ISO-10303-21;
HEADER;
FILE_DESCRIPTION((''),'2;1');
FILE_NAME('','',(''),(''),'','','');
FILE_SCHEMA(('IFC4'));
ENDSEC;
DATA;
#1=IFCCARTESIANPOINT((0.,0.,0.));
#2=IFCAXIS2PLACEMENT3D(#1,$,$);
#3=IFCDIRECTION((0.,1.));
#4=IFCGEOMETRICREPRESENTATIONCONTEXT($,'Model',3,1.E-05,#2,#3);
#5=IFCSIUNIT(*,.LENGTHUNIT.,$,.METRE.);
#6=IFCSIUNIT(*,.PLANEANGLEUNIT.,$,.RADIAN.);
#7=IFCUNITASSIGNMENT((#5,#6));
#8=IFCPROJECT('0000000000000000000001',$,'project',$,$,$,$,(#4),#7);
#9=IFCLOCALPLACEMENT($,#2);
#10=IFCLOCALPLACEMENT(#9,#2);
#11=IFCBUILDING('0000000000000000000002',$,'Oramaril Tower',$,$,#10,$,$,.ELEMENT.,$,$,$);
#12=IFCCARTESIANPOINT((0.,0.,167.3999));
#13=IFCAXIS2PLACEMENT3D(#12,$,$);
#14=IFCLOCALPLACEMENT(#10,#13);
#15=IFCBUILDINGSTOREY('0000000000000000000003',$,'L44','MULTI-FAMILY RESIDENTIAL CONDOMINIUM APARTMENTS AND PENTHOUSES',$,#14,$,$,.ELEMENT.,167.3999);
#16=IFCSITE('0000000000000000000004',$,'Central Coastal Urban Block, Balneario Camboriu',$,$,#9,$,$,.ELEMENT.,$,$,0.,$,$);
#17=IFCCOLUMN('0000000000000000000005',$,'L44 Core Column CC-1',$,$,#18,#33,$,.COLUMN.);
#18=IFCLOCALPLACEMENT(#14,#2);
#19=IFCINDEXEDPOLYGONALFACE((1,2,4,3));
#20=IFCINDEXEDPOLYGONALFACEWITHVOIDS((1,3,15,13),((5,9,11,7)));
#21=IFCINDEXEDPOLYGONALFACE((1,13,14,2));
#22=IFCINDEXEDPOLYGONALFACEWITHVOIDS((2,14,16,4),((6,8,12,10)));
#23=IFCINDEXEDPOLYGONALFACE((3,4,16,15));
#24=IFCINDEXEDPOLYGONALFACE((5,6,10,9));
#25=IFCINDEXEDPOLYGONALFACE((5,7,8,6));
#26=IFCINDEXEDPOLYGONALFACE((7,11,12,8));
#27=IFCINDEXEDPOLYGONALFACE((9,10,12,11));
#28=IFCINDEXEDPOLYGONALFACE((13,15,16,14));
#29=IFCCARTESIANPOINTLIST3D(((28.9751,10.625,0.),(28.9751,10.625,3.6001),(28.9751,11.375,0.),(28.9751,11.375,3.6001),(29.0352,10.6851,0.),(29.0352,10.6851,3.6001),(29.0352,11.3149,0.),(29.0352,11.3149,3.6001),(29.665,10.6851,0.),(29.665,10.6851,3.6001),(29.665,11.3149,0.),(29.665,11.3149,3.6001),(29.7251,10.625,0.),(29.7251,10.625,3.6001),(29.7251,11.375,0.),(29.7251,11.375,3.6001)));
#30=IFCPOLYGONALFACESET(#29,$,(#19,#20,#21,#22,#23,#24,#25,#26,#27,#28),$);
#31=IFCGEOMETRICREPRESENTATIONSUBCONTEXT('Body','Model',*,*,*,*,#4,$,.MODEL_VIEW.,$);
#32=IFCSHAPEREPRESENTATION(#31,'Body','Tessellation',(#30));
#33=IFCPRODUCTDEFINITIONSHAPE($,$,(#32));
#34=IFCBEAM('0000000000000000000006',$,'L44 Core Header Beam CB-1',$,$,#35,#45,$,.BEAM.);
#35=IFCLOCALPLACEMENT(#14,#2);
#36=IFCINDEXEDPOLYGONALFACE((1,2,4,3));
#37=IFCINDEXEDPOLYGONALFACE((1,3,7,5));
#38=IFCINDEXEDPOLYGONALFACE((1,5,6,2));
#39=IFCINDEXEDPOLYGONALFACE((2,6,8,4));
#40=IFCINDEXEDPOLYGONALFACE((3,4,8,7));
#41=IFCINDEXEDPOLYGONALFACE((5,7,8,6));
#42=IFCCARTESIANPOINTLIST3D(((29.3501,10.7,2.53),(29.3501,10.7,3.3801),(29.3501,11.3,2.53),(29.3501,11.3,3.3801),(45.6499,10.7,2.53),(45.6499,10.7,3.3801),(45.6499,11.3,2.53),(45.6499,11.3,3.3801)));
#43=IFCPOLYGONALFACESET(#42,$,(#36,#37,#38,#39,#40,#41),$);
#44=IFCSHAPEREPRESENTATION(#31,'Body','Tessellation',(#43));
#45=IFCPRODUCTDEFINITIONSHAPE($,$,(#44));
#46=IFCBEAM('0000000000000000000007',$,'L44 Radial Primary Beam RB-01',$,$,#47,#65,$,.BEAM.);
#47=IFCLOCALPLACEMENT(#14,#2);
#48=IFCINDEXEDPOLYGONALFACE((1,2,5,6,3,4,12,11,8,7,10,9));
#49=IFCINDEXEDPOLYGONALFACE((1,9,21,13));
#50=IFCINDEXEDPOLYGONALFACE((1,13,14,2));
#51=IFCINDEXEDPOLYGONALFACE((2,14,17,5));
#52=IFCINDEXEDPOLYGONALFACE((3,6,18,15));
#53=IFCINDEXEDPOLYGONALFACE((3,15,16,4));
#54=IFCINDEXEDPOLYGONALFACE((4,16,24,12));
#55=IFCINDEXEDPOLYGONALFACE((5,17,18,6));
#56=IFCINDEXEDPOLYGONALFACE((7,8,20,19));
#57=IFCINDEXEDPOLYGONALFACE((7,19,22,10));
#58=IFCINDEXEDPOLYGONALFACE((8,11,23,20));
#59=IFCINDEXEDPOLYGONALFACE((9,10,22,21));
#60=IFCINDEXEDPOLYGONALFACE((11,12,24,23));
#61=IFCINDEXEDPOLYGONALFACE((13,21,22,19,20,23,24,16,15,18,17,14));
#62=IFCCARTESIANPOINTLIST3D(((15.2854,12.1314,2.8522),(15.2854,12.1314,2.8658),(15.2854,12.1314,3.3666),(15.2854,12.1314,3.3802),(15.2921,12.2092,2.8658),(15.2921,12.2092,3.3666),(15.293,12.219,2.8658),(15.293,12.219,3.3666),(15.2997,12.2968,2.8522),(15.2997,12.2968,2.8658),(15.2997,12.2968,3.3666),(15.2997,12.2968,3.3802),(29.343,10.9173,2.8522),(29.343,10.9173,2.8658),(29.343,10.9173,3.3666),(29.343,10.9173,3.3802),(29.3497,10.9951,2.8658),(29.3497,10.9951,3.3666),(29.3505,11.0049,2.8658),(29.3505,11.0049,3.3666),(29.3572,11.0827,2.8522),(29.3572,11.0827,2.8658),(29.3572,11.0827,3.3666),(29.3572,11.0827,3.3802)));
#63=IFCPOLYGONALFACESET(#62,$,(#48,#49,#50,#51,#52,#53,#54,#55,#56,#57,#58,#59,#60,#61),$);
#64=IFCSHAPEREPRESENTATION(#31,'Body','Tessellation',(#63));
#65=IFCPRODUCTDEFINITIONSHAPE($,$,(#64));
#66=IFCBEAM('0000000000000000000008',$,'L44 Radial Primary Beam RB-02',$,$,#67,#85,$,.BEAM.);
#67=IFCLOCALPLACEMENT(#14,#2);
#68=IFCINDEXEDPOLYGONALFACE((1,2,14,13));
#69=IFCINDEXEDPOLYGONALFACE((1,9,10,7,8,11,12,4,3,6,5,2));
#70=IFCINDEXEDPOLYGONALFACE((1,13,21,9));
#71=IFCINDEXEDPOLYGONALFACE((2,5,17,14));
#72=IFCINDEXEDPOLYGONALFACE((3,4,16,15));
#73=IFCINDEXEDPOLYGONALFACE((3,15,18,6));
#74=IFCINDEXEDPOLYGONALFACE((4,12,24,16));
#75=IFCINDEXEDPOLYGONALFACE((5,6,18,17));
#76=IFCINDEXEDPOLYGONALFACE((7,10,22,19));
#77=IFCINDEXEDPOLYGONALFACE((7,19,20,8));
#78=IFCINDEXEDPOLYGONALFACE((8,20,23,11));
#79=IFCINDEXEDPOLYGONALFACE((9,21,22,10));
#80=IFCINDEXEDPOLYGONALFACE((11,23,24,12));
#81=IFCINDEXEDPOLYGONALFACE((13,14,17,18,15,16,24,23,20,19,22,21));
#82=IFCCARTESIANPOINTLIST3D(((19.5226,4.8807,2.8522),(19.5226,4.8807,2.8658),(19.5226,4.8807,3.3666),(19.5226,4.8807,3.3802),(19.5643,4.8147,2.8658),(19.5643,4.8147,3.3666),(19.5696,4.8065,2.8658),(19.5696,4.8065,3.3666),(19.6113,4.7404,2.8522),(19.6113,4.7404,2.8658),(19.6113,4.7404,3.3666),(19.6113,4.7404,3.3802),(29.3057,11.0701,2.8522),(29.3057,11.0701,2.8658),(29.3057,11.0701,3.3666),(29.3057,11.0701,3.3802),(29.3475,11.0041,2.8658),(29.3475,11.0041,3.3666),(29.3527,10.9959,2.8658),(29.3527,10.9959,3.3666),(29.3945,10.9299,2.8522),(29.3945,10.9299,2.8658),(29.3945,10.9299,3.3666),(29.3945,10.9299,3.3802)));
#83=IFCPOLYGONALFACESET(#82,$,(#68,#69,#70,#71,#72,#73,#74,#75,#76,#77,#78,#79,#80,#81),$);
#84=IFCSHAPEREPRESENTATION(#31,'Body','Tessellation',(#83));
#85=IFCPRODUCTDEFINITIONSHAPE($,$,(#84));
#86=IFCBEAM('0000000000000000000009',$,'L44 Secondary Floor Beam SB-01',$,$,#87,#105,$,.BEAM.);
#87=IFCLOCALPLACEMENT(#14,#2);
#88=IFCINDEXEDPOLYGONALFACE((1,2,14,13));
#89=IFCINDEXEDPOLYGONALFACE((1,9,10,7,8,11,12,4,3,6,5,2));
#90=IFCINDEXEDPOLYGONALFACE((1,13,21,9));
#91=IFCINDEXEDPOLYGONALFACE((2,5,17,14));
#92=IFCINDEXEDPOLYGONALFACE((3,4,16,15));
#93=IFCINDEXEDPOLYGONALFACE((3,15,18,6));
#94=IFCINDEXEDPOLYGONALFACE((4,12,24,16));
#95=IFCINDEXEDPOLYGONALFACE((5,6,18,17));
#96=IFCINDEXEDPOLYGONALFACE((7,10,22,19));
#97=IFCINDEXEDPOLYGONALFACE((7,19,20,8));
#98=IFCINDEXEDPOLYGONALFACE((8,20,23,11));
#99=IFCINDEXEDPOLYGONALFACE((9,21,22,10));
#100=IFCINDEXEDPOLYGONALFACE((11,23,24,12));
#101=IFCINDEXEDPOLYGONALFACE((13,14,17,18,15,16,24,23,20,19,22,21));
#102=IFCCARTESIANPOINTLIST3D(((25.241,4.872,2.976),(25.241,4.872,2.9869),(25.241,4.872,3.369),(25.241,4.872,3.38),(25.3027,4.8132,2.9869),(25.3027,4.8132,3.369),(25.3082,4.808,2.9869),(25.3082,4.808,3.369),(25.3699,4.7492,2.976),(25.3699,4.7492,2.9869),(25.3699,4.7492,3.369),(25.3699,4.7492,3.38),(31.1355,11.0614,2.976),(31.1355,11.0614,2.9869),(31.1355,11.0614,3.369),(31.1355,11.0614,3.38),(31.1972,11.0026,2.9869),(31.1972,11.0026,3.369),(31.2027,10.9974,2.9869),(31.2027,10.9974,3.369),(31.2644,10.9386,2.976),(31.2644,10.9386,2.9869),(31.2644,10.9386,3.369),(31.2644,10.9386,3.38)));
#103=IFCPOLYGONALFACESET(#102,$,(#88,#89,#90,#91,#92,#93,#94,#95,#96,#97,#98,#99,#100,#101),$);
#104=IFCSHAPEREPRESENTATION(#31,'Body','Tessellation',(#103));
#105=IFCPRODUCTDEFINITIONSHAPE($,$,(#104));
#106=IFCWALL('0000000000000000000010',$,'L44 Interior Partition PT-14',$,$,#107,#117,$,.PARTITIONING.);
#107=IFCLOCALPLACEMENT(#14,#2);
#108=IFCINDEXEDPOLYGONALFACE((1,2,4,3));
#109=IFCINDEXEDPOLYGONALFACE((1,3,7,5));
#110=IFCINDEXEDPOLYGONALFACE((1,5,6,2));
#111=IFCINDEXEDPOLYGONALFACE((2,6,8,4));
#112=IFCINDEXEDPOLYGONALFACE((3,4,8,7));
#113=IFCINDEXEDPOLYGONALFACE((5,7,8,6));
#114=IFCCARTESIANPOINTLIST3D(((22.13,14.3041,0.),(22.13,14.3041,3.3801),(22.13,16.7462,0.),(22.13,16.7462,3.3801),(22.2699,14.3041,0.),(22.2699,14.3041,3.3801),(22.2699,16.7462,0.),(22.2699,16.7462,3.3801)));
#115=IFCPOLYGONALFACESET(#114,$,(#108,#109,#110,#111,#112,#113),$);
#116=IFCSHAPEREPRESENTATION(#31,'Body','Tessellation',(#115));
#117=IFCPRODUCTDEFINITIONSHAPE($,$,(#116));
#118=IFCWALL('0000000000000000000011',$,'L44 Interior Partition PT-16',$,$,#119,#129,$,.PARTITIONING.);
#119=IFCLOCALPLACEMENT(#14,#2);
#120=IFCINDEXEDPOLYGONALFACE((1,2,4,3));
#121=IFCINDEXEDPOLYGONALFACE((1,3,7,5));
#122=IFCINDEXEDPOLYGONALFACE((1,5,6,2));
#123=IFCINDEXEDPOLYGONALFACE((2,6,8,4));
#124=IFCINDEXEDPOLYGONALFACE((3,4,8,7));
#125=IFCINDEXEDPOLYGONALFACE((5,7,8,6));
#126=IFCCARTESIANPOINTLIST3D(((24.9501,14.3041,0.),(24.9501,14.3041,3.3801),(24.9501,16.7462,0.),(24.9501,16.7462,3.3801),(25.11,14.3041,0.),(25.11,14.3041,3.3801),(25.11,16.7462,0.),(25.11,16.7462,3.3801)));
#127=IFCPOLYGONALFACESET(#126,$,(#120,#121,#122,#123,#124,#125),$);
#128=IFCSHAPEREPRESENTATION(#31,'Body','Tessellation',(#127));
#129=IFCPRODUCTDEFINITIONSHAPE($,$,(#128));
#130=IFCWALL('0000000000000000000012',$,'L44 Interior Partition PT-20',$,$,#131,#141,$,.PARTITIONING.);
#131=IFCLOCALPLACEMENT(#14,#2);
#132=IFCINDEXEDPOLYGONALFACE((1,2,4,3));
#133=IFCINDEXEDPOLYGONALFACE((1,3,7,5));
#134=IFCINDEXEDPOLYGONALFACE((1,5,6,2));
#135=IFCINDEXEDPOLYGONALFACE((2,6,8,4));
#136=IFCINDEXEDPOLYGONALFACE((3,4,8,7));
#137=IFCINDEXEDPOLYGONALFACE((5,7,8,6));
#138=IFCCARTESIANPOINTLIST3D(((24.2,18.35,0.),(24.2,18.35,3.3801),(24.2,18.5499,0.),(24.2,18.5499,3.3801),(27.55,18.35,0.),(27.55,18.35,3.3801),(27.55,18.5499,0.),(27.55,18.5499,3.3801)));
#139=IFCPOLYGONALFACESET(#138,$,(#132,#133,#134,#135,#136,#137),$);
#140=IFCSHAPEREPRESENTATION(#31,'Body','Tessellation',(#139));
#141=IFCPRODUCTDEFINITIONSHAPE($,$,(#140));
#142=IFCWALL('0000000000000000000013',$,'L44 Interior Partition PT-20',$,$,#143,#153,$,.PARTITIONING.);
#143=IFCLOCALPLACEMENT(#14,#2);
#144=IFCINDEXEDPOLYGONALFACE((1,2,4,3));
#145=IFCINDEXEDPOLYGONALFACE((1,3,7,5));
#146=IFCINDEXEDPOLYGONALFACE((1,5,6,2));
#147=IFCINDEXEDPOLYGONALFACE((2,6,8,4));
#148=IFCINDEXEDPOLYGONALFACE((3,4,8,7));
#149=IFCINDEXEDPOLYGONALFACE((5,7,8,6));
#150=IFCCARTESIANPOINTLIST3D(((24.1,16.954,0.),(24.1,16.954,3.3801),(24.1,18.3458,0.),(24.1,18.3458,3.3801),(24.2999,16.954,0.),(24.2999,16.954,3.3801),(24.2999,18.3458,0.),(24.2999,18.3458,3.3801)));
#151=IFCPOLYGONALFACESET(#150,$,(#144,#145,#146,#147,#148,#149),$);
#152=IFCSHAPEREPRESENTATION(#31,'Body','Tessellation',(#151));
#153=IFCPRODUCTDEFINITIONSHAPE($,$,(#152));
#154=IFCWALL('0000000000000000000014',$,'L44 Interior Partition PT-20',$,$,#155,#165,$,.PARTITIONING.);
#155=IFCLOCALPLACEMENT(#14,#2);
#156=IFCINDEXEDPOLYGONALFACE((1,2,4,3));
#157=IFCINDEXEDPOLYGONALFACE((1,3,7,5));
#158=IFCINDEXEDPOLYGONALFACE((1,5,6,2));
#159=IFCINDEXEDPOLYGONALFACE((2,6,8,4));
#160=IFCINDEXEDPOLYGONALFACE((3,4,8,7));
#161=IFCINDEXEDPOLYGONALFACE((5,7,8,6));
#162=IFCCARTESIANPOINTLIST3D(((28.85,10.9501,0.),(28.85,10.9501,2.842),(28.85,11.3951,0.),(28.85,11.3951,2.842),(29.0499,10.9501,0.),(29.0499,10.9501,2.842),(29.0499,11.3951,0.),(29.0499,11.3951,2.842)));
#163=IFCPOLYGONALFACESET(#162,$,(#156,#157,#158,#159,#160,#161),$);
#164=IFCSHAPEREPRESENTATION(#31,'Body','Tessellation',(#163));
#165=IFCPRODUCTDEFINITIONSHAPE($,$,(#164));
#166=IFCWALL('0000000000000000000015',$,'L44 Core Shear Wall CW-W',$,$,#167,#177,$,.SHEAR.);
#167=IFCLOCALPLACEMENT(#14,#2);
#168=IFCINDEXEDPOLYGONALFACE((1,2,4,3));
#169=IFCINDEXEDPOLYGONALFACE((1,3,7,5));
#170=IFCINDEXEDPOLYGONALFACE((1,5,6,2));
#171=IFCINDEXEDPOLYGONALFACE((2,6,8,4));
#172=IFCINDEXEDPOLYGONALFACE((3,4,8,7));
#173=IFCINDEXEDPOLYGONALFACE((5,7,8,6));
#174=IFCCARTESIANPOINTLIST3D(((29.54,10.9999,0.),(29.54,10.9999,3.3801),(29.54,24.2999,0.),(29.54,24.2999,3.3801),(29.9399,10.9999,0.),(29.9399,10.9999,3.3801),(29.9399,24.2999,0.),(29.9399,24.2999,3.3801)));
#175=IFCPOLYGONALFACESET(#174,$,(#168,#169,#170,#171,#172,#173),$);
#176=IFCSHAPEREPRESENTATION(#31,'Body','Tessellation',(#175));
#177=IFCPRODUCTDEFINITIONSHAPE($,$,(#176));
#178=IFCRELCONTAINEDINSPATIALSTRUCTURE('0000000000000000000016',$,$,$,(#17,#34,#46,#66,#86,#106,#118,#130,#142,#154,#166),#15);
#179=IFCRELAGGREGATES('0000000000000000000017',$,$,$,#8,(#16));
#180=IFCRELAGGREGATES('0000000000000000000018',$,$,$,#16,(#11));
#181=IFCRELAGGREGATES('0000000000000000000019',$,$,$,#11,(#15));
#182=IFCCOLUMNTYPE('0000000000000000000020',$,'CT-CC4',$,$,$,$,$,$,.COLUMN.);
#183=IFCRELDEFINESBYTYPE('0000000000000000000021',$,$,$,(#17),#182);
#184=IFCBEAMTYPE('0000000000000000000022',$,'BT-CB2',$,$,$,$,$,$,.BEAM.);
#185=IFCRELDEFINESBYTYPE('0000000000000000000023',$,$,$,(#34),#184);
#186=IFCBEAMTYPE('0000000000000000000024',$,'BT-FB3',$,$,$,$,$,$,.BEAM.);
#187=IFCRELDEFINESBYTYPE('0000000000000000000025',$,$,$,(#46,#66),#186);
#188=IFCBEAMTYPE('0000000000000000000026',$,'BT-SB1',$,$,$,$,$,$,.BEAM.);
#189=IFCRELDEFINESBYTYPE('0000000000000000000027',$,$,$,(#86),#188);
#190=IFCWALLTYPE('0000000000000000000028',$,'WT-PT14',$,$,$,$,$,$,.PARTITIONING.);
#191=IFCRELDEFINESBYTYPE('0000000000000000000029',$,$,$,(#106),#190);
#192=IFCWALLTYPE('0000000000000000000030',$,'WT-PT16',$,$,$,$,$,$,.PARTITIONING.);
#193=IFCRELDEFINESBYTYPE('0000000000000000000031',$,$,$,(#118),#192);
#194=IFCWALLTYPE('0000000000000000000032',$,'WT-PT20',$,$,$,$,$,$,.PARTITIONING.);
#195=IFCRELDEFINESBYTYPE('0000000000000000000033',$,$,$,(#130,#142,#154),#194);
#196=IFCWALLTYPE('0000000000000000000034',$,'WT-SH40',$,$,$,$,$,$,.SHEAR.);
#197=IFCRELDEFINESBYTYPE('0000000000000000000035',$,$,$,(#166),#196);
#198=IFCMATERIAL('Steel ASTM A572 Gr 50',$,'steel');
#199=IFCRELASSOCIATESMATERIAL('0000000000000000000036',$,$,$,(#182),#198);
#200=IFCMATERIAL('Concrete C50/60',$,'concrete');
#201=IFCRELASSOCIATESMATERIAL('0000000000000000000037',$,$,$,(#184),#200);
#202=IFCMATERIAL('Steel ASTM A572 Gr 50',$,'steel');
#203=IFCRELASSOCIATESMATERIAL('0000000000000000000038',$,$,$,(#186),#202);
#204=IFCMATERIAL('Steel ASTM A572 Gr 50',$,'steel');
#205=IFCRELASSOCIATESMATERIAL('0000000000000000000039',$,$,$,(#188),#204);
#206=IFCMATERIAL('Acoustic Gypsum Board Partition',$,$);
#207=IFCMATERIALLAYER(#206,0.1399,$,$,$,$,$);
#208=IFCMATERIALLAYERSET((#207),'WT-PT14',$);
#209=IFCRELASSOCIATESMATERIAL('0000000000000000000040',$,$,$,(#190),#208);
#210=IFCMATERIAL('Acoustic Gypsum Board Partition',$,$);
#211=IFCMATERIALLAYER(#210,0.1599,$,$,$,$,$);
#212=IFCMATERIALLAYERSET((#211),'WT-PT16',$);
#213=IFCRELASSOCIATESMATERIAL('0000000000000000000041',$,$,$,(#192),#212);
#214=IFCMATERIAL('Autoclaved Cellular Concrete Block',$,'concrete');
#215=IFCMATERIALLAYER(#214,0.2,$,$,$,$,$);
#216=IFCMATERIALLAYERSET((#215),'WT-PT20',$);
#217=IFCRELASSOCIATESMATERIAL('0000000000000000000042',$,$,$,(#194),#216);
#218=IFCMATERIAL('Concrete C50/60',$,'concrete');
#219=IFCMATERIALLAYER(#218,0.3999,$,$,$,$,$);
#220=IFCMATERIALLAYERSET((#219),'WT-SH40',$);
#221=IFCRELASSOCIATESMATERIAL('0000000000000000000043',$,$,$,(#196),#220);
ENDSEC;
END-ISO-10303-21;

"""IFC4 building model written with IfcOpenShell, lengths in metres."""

from ifc_helpers import new_model, si_unit, direction, frame, frame_2d, origin, origin_2d, place, context, subcontext, project, spatial, rectangle, hollow_rectangle, i_section, extrude, material, layer, layer_set, material_profile, profile_set, type_object, element, save


model = new_model("IFC4")

# Units and contexts
model_context = context("Model", 3, precision=1e-05, world=origin(), true_north=direction((0.0, 1.0)))
body_context = subcontext(model_context, "Body", "Model", "MODEL_VIEW")
ifc_project = project(units=[si_unit("LENGTHUNIT", "METRE"), si_unit("PLANEANGLEUNIT", "RADIAN")], contexts=[model_context])

# Site, building, storey
site_placement = place(None, origin())
site = spatial("IfcSite", under=ifc_project, at=site_placement, Name="Central Coastal Urban Block, Balneario Camboriu", CompositionType="ELEMENT", RefElevation=0.0)
building_placement = place(site_placement, origin())
building = spatial("IfcBuilding", under=site, at=building_placement, Name="Oramaril Tower", CompositionType="ELEMENT")
storey_placement = place(building_placement, frame((0.0, 0.0, 167.3999)))
storey = spatial("IfcBuildingStorey", under=building, at=storey_placement, Name="L44", Description="MULTI-FAMILY RESIDENTIAL CONDOMINIUM APARTMENTS AND PENTHOUSES", CompositionType="ELEMENT", Elevation=167.3999)

# Column
ifc_material_1 = material(Name="Steel ASTM A572 Gr 50", Category="steel")
ifc_material_profile_1 = material_profile(ifc_material_1, hollow_rectangle(XDim=0.75, YDim=0.75, WallThickness=0.0601, at=origin_2d()), Name="BOX750X750X60")
ifc_profile_set_1 = profile_set([ifc_material_profile_1], Name="Steel ASTM A572 Gr 50")
column_type = type_object("IfcColumnType", Name="CT-CC4", PredefinedType="COLUMN", material=ifc_profile_set_1)
column_placement = place(storey_placement, frame((29.3501, 11.0, 0.0), z_axis=(0.0, 0.0, 1.0), x_axis=(1.0, 0.0, 0.0)))
element("IfcColumn", 1, at=column_placement, inside=storey, type_object=column_type, Name="L44 Core Column CC-1", PredefinedType="COLUMN", context=body_context, shape_type="SweptSolid", body=[
    extrude(hollow_rectangle(XDim=0.75, YDim=0.75, WallThickness=0.0601, at=origin_2d()), origin(), (0.0, 0.0, 1.0), 3.6001),
])

# Beams
ifc_material_2 = material(Name="Concrete C50/60", Category="concrete")
ifc_material_profile_2 = material_profile(ifc_material_2, rectangle(XDim=0.6001, YDim=0.8501, at=origin_2d()), Name="CB600X850")
ifc_profile_set_2 = profile_set([ifc_material_profile_2], Name="Concrete C50/60")
beam_type_1 = type_object("IfcBeamType", Name="BT-CB2", PredefinedType="BEAM", material=ifc_profile_set_2)
beam_1_placement = place(storey_placement, frame((29.3501, 11.0, 2.9551), z_axis=(1.0, 0.0, 0.0), x_axis=(0.0, 1.0, 0.0)))
element("IfcBeam", 2, at=beam_1_placement, inside=storey, type_object=beam_type_1, Name="L44 Core Header Beam CB-1", PredefinedType="BEAM", context=body_context, shape_type="SweptSolid", body=[
    extrude(rectangle(XDim=0.6001, YDim=0.8501, at=origin_2d()), origin(), (0.0, 0.0, 1.0), 16.2998),
])
ifc_material_3 = material(Name="Steel ASTM A572 Gr 50", Category="steel")
ifc_material_profile_3 = material_profile(ifc_material_3, i_section(OverallWidth=0.166, OverallDepth=0.5281, WebThickness=0.0098, FlangeThickness=0.0137, at=origin_2d()), Name="W21X50")
ifc_profile_set_3 = profile_set([ifc_material_profile_3], Name="Steel ASTM A572 Gr 50")
beam_type_2 = type_object("IfcBeamType", Name="BT-FB3", PredefinedType="BEAM", material=ifc_profile_set_3)
beam_2_placement = place(storey_placement, frame((29.3501, 11.0, 3.1162), z_axis=(-0.996291, 0.086046, 0.0), x_axis=(-0.086046, -0.996291, 0.0)))
element("IfcBeam", 3, at=beam_2_placement, inside=storey, type_object=beam_type_2, Name="L44 Radial Primary Beam RB-01", PredefinedType="BEAM", context=body_context, shape_type="SweptSolid", body=[
    extrude(i_section(OverallWidth=0.166, OverallDepth=0.5281, WebThickness=0.0098, FlangeThickness=0.0137, at=origin_2d()), origin(), (0.0, 0.0, 1.0), 14.1099),
])
beam_3_placement = place(storey_placement, frame((29.3501, 11.0, 3.1162), z_axis=(-0.845076, -0.534647, 0.0), x_axis=(0.534647, -0.845076, 0.0)))
element("IfcBeam", 4, at=beam_3_placement, inside=storey, type_object=beam_type_2, Name="L44 Radial Primary Beam RB-02", PredefinedType="BEAM", context=body_context, shape_type="SweptSolid", body=[
    extrude(i_section(OverallWidth=0.166, OverallDepth=0.5281, WebThickness=0.0098, FlangeThickness=0.0137, at=origin_2d()), origin(), (0.0, 0.0, 1.0), 11.5767),
])
ifc_material_4 = material(Name="Steel ASTM A572 Gr 50", Category="steel")
ifc_material_profile_4 = material_profile(ifc_material_4, i_section(OverallWidth=0.178, OverallDepth=0.4041, WebThickness=0.0076, FlangeThickness=0.011, at=origin_2d()), Name="W16X36")
ifc_profile_set_4 = profile_set([ifc_material_profile_4], Name="Steel ASTM A572 Gr 50")
beam_type_3 = type_object("IfcBeamType", Name="BT-SB1", PredefinedType="BEAM", material=ifc_profile_set_4)
beam_4_placement = place(storey_placement, frame((31.2, 11.0, 3.178), z_axis=(-0.689644, -0.724149, 0.0), x_axis=(0.724149, -0.689644, 0.0)))
element("IfcBeam", 5, at=beam_4_placement, inside=storey, type_object=beam_type_3, Name="L44 Secondary Floor Beam SB-01", PredefinedType="BEAM", context=body_context, shape_type="SweptSolid", body=[
    extrude(i_section(OverallWidth=0.178, OverallDepth=0.4041, WebThickness=0.0076, FlangeThickness=0.011, at=origin_2d()), origin(), (0.0, 0.0, 1.0), 8.5471),
])

# Walls
ifc_material_5 = material(Name="Acoustic Gypsum Board Partition")
ifc_layer_1 = layer(ifc_material_5, 0.1399)
ifc_layer_set_1 = layer_set([ifc_layer_1], Name="WT-PT14")
wall_type_1 = type_object("IfcWallType", Name="WT-PT14", PredefinedType="PARTITIONING", material=ifc_layer_set_1)
wall_1_placement = place(storey_placement, frame((22.2, 14.304, 0.0), z_axis=(0.0, 0.0, 1.0), x_axis=(0.0, 1.0, 0.0)))
element("IfcWall", 6, at=wall_1_placement, inside=storey, type_object=wall_type_1, Name="L44 Interior Partition PT-14", PredefinedType="PARTITIONING", context=body_context, shape_type="SweptSolid", body=[
    extrude(rectangle(XDim=2.4421, YDim=0.1399, at=frame_2d((1.2212, 0.0))), origin(), (0.0, 0.0, 1.0), 3.3801),
])
ifc_material_6 = material(Name="Acoustic Gypsum Board Partition")
ifc_layer_2 = layer(ifc_material_6, 0.1599)
ifc_layer_set_2 = layer_set([ifc_layer_2], Name="WT-PT16")
wall_type_2 = type_object("IfcWallType", Name="WT-PT16", PredefinedType="PARTITIONING", material=ifc_layer_set_2)
wall_2_placement = place(storey_placement, frame((25.03, 14.304, 0.0), z_axis=(0.0, 0.0, 1.0), x_axis=(0.0, 1.0, 0.0)))
element("IfcWall", 7, at=wall_2_placement, inside=storey, type_object=wall_type_2, Name="L44 Interior Partition PT-16", PredefinedType="PARTITIONING", context=body_context, shape_type="SweptSolid", body=[
    extrude(rectangle(XDim=2.4421, YDim=0.1599, at=frame_2d((1.2212, 0.0))), origin(), (0.0, 0.0, 1.0), 3.3801),
])
ifc_material_7 = material(Name="Autoclaved Cellular Concrete Block", Category="concrete")
ifc_layer_3 = layer(ifc_material_7, 0.2)
ifc_layer_set_3 = layer_set([ifc_layer_3], Name="WT-PT20")
wall_type_3 = type_object("IfcWallType", Name="WT-PT20", PredefinedType="PARTITIONING", material=ifc_layer_set_3)
wall_3_placement = place(storey_placement, frame((24.2, 18.45, 0.0), z_axis=(0.0, 0.0, 1.0), x_axis=(1.0, 0.0, 0.0)))
element("IfcWall", 8, at=wall_3_placement, inside=storey, type_object=wall_type_3, Name="L44 Interior Partition PT-20", PredefinedType="PARTITIONING", context=body_context, shape_type="SweptSolid", body=[
    extrude(rectangle(XDim=3.3501, YDim=0.2, at=frame_2d((1.675, 0.0))), origin(), (0.0, 0.0, 1.0), 3.3801),
])
wall_4_placement = place(storey_placement, frame((24.2, 16.9541, 0.0), z_axis=(0.0, 0.0, 1.0), x_axis=(0.0, 1.0, 0.0)))
element("IfcWall", 9, at=wall_4_placement, inside=storey, type_object=wall_type_3, Name="L44 Interior Partition PT-20", PredefinedType="PARTITIONING", context=body_context, shape_type="SweptSolid", body=[
    extrude(rectangle(XDim=1.3918, YDim=0.2, at=frame_2d((0.6958, 0.0))), origin(), (0.0, 0.0, 1.0), 3.3801),
])

# Wall
wall_5_placement = place(storey_placement, frame((28.95, 10.95, 0.0), z_axis=(0.0, 0.0, 1.0), x_axis=(0.0, 1.0, 0.0)))
element("IfcWall", 10, at=wall_5_placement, inside=storey, type_object=wall_type_3, Name="L44 Interior Partition PT-20", PredefinedType="PARTITIONING", context=body_context, shape_type="SweptSolid", body=[
    extrude(rectangle(XDim=0.4451, YDim=0.2, at=frame_2d((0.2227, 0.0))), origin(), (0.0, 0.0, 1.0), 2.842),
])

# Wall
ifc_material_8 = material(Name="Concrete C50/60", Category="concrete")
ifc_layer_4 = layer(ifc_material_8, 0.3999)
ifc_layer_set_4 = layer_set([ifc_layer_4], Name="WT-SH40")
wall_type_4 = type_object("IfcWallType", Name="WT-SH40", PredefinedType="SHEAR", material=ifc_layer_set_4)
wall_6_placement = place(storey_placement, frame((29.74, 11.0, 0.0), z_axis=(0.0, 0.0, 1.0), x_axis=(0.0, 1.0, 0.0)))
element("IfcWall", 11, at=wall_6_placement, inside=storey, type_object=wall_type_4, Name="L44 Core Shear Wall CW-W", PredefinedType="SHEAR", context=body_context, shape_type="SweptSolid", body=[
    extrude(rectangle(XDim=13.3, YDim=0.3999, at=frame_2d((6.6499, 0.0))), origin(), (0.0, 0.0, 1.0), 3.3801),
])

save(model, "model.ifc")
